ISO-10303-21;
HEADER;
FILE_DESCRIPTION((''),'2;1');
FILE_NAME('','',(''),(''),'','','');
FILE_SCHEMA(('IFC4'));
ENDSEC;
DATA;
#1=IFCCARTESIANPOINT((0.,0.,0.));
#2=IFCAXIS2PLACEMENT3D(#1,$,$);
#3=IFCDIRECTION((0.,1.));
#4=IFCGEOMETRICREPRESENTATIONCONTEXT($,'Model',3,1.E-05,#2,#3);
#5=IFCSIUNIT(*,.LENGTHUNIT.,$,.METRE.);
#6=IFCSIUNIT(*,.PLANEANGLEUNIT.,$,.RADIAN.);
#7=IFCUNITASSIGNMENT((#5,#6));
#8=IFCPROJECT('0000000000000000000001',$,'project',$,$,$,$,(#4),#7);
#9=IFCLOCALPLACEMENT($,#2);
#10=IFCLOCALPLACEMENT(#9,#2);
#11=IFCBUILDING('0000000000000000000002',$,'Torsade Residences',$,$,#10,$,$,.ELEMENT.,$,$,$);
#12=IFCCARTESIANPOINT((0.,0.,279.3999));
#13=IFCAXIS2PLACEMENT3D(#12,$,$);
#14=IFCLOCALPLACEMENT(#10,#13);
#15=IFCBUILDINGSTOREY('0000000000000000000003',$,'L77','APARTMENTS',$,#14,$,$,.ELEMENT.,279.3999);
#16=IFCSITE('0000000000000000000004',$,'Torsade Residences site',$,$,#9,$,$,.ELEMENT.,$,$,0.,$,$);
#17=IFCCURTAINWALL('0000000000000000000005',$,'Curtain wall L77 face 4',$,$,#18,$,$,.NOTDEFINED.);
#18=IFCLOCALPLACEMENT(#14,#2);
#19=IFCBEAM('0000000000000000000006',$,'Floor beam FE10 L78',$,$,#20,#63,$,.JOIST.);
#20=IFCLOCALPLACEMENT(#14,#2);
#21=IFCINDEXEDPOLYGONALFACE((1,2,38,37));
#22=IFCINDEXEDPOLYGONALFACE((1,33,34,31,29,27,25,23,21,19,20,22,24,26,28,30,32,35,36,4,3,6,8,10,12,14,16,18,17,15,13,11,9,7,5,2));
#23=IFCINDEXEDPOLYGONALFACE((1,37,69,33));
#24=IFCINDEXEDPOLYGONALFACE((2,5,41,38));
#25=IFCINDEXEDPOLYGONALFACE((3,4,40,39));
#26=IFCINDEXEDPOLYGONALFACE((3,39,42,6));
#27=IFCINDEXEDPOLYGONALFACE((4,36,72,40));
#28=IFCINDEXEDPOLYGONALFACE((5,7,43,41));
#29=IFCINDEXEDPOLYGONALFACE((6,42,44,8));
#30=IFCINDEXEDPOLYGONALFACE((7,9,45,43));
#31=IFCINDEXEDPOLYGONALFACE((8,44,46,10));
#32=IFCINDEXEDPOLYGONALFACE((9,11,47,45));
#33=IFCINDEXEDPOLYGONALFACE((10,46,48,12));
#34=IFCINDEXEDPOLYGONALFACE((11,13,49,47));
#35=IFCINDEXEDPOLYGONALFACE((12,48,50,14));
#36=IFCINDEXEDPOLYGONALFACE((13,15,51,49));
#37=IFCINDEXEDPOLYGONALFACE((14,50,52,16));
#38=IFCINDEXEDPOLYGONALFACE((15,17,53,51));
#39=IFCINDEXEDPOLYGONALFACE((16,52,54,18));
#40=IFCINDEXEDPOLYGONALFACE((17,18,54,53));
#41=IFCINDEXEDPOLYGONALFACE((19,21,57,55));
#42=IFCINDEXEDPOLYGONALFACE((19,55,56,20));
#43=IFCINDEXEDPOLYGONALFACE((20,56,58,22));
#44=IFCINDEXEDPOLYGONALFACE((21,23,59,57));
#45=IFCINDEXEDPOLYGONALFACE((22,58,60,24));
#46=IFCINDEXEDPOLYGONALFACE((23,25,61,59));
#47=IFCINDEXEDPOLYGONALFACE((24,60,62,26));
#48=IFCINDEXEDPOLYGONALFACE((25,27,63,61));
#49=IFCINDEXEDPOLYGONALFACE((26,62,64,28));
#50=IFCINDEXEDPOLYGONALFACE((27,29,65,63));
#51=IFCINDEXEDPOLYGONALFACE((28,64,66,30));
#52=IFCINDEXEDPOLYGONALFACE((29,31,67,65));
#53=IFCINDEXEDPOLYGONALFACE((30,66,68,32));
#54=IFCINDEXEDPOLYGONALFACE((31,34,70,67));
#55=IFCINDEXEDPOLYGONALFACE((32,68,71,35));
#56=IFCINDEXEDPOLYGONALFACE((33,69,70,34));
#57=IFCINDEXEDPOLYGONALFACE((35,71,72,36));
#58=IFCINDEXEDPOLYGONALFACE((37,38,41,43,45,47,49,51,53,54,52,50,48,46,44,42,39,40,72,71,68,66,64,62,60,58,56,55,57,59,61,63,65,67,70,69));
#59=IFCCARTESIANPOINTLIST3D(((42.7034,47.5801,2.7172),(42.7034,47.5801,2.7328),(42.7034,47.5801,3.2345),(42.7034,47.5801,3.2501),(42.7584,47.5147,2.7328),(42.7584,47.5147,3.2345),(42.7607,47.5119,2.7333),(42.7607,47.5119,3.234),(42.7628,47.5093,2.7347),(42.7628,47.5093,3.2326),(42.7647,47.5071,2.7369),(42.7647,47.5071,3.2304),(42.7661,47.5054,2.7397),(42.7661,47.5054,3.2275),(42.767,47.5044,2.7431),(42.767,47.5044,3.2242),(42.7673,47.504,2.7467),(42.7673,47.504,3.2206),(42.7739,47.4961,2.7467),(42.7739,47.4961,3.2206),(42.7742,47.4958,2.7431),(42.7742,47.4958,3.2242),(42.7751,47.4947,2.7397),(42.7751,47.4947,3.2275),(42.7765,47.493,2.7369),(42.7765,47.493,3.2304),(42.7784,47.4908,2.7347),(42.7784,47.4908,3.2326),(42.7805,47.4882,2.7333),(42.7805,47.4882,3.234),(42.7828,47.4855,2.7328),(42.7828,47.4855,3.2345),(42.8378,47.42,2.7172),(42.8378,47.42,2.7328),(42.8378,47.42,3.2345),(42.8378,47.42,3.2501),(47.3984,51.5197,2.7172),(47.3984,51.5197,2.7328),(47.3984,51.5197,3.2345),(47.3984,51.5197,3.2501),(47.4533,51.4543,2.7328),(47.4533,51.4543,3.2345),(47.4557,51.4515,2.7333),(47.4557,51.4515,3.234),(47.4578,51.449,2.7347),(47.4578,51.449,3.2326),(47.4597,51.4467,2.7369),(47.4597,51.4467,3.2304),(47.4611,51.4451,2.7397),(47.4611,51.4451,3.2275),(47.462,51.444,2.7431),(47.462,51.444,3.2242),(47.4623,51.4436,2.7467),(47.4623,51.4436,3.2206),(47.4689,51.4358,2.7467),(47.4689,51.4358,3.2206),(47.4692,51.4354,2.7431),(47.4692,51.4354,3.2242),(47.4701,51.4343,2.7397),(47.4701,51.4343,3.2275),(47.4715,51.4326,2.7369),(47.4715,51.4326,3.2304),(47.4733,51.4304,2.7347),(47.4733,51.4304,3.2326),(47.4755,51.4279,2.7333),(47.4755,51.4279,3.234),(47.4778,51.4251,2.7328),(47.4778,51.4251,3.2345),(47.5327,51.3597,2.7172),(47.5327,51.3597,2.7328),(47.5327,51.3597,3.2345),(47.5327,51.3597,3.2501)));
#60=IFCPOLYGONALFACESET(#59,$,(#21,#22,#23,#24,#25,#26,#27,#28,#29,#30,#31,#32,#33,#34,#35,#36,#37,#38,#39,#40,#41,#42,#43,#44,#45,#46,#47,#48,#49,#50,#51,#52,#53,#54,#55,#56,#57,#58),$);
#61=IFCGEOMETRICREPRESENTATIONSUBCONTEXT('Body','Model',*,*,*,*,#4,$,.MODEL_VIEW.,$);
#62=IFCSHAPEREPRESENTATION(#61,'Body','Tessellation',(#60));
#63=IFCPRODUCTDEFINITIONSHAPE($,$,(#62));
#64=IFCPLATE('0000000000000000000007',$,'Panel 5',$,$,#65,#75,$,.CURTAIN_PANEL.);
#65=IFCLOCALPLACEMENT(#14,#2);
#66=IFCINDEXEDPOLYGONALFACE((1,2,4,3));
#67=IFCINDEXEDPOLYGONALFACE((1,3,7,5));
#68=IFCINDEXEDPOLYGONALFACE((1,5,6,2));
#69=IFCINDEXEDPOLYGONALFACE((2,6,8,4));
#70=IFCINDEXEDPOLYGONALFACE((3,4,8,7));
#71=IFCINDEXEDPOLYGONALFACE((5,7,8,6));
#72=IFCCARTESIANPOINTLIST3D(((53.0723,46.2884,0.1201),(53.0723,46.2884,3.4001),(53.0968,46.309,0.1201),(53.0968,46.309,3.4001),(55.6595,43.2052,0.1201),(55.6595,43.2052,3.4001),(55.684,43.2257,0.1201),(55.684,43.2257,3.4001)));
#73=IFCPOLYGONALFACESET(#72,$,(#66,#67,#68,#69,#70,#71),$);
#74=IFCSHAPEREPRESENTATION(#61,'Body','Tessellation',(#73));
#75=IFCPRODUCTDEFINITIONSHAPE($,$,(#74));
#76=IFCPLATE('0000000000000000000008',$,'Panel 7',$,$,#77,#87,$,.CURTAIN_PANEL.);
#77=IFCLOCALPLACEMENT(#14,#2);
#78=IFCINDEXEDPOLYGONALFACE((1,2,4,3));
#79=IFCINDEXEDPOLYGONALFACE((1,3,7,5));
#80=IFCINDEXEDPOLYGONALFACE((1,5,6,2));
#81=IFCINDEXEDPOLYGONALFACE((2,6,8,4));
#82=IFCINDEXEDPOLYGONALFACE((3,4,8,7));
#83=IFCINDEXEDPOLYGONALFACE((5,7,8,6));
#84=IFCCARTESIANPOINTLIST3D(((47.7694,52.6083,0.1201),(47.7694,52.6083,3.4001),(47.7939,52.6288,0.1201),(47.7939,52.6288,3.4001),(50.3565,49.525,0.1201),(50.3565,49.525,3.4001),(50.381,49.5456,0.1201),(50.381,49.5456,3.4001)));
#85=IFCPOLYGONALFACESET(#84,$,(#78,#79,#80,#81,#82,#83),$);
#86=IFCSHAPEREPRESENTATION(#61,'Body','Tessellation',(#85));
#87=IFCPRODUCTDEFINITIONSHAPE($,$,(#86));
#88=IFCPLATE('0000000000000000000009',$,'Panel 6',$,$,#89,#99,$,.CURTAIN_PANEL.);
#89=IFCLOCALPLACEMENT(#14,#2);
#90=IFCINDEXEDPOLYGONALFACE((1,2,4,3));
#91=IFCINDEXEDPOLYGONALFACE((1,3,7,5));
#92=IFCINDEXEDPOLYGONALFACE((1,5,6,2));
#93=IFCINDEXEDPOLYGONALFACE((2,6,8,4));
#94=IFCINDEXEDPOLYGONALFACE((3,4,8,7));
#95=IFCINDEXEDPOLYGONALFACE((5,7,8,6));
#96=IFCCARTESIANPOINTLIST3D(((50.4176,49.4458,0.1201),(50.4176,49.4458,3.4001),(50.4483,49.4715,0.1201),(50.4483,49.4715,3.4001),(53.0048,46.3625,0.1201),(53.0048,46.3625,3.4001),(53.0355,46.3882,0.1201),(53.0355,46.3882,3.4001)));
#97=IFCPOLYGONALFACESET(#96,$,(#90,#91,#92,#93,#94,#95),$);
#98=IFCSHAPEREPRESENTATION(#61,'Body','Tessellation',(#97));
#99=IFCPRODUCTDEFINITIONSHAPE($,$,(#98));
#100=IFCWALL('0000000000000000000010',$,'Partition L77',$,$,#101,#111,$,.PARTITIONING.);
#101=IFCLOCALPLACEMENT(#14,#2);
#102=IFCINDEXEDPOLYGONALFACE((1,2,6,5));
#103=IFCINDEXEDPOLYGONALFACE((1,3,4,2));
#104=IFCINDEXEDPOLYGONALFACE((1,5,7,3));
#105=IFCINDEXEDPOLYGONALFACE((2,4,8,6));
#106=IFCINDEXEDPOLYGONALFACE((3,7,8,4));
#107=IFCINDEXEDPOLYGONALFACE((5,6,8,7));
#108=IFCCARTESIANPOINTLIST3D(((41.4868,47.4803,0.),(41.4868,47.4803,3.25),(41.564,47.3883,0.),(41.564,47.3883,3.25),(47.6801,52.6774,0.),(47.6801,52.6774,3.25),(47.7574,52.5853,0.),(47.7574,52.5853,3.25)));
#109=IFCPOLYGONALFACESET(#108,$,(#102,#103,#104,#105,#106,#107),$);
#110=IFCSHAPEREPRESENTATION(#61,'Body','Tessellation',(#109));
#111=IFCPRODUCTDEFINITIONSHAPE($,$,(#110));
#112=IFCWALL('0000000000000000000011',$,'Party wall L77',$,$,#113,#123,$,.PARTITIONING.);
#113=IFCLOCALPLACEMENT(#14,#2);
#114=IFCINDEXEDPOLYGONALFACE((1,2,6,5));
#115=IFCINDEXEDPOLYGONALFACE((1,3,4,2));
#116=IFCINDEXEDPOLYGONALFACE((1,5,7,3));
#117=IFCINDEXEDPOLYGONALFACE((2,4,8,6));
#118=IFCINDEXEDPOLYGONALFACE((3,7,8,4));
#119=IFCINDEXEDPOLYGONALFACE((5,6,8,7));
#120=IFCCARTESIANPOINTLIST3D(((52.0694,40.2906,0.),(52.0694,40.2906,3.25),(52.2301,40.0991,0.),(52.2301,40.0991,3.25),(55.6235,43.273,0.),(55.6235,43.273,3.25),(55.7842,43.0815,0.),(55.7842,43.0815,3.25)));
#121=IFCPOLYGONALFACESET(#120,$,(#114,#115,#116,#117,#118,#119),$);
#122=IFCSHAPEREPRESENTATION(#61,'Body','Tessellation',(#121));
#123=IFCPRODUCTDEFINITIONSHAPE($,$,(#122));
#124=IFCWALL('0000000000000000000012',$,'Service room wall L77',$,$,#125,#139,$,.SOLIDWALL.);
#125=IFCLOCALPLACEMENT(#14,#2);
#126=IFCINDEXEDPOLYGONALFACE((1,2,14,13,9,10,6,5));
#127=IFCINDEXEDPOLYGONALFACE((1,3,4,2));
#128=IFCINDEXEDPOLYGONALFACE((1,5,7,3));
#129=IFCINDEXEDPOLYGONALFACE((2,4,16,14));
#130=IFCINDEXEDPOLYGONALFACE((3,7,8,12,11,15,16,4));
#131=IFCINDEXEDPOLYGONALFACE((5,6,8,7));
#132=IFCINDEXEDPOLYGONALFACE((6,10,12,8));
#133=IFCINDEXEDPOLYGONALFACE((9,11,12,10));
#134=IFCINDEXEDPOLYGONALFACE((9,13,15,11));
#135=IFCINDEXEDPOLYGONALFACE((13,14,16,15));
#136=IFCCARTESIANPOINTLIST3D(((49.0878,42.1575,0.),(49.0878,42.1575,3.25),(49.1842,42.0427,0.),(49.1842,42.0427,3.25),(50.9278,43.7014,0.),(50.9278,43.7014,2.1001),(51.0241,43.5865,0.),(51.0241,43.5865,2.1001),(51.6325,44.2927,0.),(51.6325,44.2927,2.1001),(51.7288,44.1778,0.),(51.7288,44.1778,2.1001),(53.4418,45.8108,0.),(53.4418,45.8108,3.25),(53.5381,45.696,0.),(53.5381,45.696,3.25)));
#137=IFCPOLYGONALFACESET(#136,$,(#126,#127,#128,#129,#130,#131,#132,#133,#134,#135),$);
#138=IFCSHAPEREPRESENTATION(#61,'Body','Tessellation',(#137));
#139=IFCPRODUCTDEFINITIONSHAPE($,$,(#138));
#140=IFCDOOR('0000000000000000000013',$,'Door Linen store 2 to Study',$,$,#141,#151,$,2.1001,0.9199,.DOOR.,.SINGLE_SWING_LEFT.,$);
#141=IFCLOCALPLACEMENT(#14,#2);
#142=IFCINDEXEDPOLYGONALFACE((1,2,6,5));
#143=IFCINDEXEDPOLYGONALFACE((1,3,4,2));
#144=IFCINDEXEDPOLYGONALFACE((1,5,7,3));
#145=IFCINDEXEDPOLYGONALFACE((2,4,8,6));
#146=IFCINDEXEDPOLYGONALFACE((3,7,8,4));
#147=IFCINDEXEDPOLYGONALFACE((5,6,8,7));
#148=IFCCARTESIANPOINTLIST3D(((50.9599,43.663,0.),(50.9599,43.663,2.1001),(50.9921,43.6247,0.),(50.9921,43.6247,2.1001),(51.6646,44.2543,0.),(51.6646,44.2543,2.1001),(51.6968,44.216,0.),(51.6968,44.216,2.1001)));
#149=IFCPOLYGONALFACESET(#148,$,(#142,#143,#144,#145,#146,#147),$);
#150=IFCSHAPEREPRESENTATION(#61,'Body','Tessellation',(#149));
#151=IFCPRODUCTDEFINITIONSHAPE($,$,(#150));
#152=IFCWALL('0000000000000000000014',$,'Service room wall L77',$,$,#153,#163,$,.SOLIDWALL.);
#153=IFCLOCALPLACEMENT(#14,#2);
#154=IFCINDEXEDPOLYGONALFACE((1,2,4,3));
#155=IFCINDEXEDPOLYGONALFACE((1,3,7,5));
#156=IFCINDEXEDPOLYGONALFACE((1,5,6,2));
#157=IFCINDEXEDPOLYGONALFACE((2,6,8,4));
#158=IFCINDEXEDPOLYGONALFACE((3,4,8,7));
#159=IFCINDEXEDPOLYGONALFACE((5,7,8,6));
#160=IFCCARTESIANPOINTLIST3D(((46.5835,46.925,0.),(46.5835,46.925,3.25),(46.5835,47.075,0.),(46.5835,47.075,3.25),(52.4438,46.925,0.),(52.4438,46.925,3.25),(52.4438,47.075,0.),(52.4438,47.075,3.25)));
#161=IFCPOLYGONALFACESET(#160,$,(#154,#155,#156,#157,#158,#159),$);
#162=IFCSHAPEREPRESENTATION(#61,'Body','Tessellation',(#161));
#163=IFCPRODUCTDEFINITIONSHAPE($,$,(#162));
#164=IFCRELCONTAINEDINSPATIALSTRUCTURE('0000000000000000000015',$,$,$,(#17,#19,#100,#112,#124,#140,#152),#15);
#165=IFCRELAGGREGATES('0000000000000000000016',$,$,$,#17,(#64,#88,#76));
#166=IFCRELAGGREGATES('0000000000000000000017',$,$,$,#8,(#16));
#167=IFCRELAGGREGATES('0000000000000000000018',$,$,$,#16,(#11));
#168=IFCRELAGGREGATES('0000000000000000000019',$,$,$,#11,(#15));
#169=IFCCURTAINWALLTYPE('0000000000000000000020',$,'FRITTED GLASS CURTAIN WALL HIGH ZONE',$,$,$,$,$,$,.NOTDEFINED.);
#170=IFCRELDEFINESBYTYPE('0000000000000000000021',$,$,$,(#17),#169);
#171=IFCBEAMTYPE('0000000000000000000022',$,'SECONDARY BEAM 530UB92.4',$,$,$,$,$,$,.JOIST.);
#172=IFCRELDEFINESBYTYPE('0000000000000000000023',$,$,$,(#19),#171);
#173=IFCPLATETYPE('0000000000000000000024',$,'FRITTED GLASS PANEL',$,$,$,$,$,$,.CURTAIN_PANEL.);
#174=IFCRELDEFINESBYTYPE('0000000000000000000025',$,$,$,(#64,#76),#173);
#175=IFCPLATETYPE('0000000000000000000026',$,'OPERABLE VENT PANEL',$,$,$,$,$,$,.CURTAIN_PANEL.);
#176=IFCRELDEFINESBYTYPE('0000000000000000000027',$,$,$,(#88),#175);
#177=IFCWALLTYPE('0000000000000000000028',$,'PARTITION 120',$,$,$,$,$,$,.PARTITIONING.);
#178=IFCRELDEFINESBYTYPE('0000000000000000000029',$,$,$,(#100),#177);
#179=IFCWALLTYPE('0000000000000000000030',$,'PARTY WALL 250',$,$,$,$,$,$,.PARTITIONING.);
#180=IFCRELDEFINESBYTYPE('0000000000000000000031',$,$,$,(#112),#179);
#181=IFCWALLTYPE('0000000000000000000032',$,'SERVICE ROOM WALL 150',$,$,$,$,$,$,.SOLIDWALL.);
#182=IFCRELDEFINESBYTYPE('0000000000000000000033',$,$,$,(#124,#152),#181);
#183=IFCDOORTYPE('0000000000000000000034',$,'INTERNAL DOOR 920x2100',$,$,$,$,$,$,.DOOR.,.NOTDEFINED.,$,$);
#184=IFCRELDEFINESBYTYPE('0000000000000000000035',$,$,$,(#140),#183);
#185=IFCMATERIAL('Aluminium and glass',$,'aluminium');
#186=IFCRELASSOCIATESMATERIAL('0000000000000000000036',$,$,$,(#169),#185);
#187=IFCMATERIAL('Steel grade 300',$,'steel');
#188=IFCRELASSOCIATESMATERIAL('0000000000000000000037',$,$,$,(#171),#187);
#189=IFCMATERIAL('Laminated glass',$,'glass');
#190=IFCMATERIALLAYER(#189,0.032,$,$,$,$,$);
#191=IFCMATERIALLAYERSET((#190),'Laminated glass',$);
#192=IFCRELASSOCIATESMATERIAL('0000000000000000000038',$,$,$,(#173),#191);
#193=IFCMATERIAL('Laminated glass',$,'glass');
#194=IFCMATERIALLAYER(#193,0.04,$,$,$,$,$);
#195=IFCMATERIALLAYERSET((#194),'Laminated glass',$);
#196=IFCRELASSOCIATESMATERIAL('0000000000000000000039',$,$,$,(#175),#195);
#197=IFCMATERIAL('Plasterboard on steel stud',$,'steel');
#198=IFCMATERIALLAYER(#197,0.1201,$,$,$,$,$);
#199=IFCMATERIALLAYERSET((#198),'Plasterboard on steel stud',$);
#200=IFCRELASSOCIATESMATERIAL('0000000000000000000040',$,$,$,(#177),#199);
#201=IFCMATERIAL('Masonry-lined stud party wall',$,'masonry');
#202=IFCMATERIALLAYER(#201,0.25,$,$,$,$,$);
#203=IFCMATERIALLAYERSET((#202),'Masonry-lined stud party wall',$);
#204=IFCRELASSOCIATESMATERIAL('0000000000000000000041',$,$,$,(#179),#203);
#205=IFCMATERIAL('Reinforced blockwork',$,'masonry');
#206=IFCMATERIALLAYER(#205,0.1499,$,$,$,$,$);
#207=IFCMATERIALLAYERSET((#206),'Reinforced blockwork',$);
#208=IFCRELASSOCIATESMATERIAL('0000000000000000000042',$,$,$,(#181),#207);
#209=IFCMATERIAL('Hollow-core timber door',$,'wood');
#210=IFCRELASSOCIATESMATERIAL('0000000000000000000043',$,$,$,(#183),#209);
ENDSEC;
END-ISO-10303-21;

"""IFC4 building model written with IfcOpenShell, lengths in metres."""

from ifc_helpers import new_model, si_unit, direction, frame, frame_2d, origin, origin_2d, place, context, subcontext, project, spatial, rectangle, i_section, extrude, material, layer, layer_set, material_profile, profile_set, type_object, element, fill, aggregate, save


model = new_model("IFC4")

# Units and contexts
model_context = context("Model", 3, precision=1e-05, world=origin(), true_north=direction((0.0, 1.0)))
body_context = subcontext(model_context, "Body", "Model", "MODEL_VIEW")
ifc_project = project(units=[si_unit("LENGTHUNIT", "METRE"), si_unit("PLANEANGLEUNIT", "RADIAN")], contexts=[model_context])

# Site, building, storey
site_placement = place(None, origin())
site = spatial("IfcSite", under=ifc_project, at=site_placement, Name="Torsade Residences site", CompositionType="ELEMENT", RefElevation=0.0)
building_placement = place(site_placement, origin())
building = spatial("IfcBuilding", under=site, at=building_placement, Name="Torsade Residences", CompositionType="ELEMENT")
storey_placement = place(building_placement, frame((0.0, 0.0, 279.3999)))
storey = spatial("IfcBuildingStorey", under=building, at=storey_placement, Name="L77", Description="APARTMENTS", CompositionType="ELEMENT", Elevation=279.3999)

# Curtain wall
ifc_material_1 = material(Name="Aluminium and glass", Category="aluminium")
curtain_wall_type = type_object("IfcCurtainWallType", Name="FRITTED GLASS CURTAIN WALL HIGH ZONE", PredefinedType="NOTDEFINED", material=ifc_material_1)
curtain_wall_placement = place(storey_placement, origin())
curtain_wall = element("IfcCurtainWall", 1, at=curtain_wall_placement, inside=storey, type_object=curtain_wall_type, Name="Curtain wall L77 face 4", PredefinedType="NOTDEFINED")

# Beam
ifc_material_2 = material(Name="Steel grade 300", Category="steel")
ifc_material_profile_1 = material_profile(ifc_material_2, i_section(OverallWidth=0.209, OverallDepth=0.533, WebThickness=0.0103, FlangeThickness=0.0156, FilletRadius=0.0139, at=origin_2d()), Name="530UB92.4")
ifc_profile_set_1 = profile_set([ifc_material_profile_1], Name="Steel grade 300")
beam_type_1 = type_object("IfcBeamType", Name="SECONDARY BEAM 530UB92.4", PredefinedType="JOIST", material=ifc_profile_set_1)
beam_1_placement = place(storey_placement, frame((47.4656, 51.4397, 2.9836), z_axis=(-0.766039, -0.642794, 0.0), x_axis=(0.642794, -0.766039, 0.0)))
element("IfcBeam", 2, at=beam_1_placement, inside=storey, type_object=beam_type_1, Name="Floor beam FE10 L78", PredefinedType="JOIST", context=body_context, shape_type="SweptSolid", body=[
    extrude(i_section(OverallWidth=0.209, OverallDepth=0.533, WebThickness=0.0103, FlangeThickness=0.0156, FilletRadius=0.0139, at=origin_2d()), origin(), (0.0, 0.0, 1.0), 6.1289),
])

# Plates
ifc_material_3 = material(Name="Laminated glass", Category="glass")
ifc_layer_1 = layer(ifc_material_3, 0.032)
ifc_layer_set_1 = layer_set([ifc_layer_1], Name="Laminated glass")
plate_type_1 = type_object("IfcPlateType", Name="FRITTED GLASS PANEL", PredefinedType="CURTAIN_PANEL", material=ifc_layer_set_1)
plate_1_placement = place(storey_placement, frame((54.3782, 44.7571, 0.1201), z_axis=(0.0, 0.0, 1.0), x_axis=(-0.642788, 0.766044, 0.0)))
plate_1 = element("IfcPlate", 3, at=plate_1_placement, type_object=plate_type_1, Name="Panel 5", PredefinedType="CURTAIN_PANEL", context=body_context, shape_type="SweptSolid", body=[
    extrude(rectangle(XDim=4.0249, YDim=0.032, at=origin_2d()), origin(), (0.0, 0.0, 1.0), 3.28),
])
plate_2_placement = place(storey_placement, frame((49.0752, 51.0769, 0.1201), z_axis=(0.0, 0.0, 1.0), x_axis=(-0.642788, 0.766044, 0.0)))
plate_2 = element("IfcPlate", 4, at=plate_2_placement, type_object=plate_type_1, Name="Panel 7", PredefinedType="CURTAIN_PANEL", context=body_context, shape_type="SweptSolid", body=[
    extrude(rectangle(XDim=4.0249, YDim=0.032, at=origin_2d()), origin(), (0.0, 0.0, 1.0), 3.28),
])
ifc_material_4 = material(Name="Laminated glass", Category="glass")
ifc_layer_2 = layer(ifc_material_4, 0.04)
ifc_layer_set_2 = layer_set([ifc_layer_2], Name="Laminated glass")
plate_type_2 = type_object("IfcPlateType", Name="OPERABLE VENT PANEL", PredefinedType="CURTAIN_PANEL", material=ifc_layer_set_2)
plate_3_placement = place(storey_placement, frame((51.7266, 47.917, 0.1201), z_axis=(0.0, 0.0, 1.0), x_axis=(-0.642788, 0.766044, 0.0)))
plate_3 = element("IfcPlate", 5, at=plate_3_placement, type_object=plate_type_2, Name="Panel 6", PredefinedType="CURTAIN_PANEL", context=body_context, shape_type="SweptSolid", body=[
    extrude(rectangle(XDim=4.0249, YDim=0.04, at=origin_2d()), origin(), (0.0, 0.0, 1.0), 3.28),
])
aggregate(curtain_wall, [plate_1, plate_3, plate_2])

# Walls
ifc_material_5 = material(Name="Plasterboard on steel stud", Category="steel")
ifc_layer_3 = layer(ifc_material_5, 0.1201)
ifc_layer_set_3 = layer_set([ifc_layer_3], Name="Plasterboard on steel stud")
wall_type_1 = type_object("IfcWallType", Name="PARTITION 120", PredefinedType="PARTITIONING", material=ifc_layer_set_3)
wall_1_placement = place(storey_placement, frame((47.7188, 52.6313, 0.0), z_axis=(0.0, 0.0, 1.0), x_axis=(-0.766034, -0.6428, 0.0)))
element("IfcWall", 6, at=wall_1_placement, inside=storey, type_object=wall_type_1, Name="Partition L77", PredefinedType="PARTITIONING", context=body_context, shape_type="SweptSolid", body=[
    extrude(rectangle(XDim=8.085, YDim=0.1201, at=frame_2d((4.0425, 0.0))), origin(), (0.0, 0.0, 1.0), 3.25),
])
ifc_material_6 = material(Name="Masonry-lined stud party wall", Category="masonry")
ifc_layer_4 = layer(ifc_material_6, 0.25)
ifc_layer_set_4 = layer_set([ifc_layer_4], Name="Masonry-lined stud party wall")
wall_type_2 = type_object("IfcWallType", Name="PARTY WALL 250", PredefinedType="PARTITIONING", material=ifc_layer_set_4)
wall_2_placement = place(storey_placement, frame((55.7039, 43.1772, 0.0), z_axis=(0.0, 0.0, 1.0), x_axis=(-0.766034, -0.6428, 0.0)))
element("IfcWall", 7, at=wall_2_placement, inside=storey, type_object=wall_type_2, Name="Party wall L77", PredefinedType="PARTITIONING", context=body_context, shape_type="SweptSolid", body=[
    extrude(rectangle(XDim=4.6396, YDim=0.25, at=frame_2d((2.3198, 0.0))), origin(), (0.0, 0.0, 1.0), 3.25),
])

# Wall, opening, door
ifc_material_7 = material(Name="Reinforced blockwork", Category="masonry")
ifc_layer_5 = layer(ifc_material_7, 0.1499)
ifc_layer_set_5 = layer_set([ifc_layer_5], Name="Reinforced blockwork")
wall_type_3 = type_object("IfcWallType", Name="SERVICE ROOM WALL 150", PredefinedType="SOLIDWALL", material=ifc_layer_set_5)
wall_3_placement = place(storey_placement, frame((49.136, 42.1001, 0.0), z_axis=(0.0, 0.0, 1.0), x_axis=(0.766055, 0.642775, 0.0)))
wall_3 = element("IfcWall", 8, at=wall_3_placement, inside=storey, type_object=wall_type_3, Name="Service room wall L77", PredefinedType="SOLIDWALL", context=body_context, shape_type="SweptSolid", body=[
    extrude(rectangle(XDim=5.6836, YDim=0.1499, at=frame_2d((2.8418, 0.0))), origin(), (0.0, 0.0, 1.0), 3.25),
])
opening_placement = place(wall_3_placement, frame((2.4019, 0.0, 0.0)))
opening = element("IfcOpeningElement", 9, at=opening_placement, cuts=wall_3, PredefinedType="OPENING", context=body_context, shape_type="SweptSolid", body=[
    extrude(rectangle(XDim=0.9199, YDim=2.1001, at=frame_2d((0.46, 1.05))), frame((0.0, 0.085, 0.0), z_axis=(0.0, -1.0, 0.0), x_axis=(1.0, 0.0, 0.0)), (0.0, 0.0, 1.0), 0.1699),
])
ifc_material_8 = material(Name="Hollow-core timber door", Category="wood")
door_type = type_object("IfcDoorType", Name="INTERNAL DOOR 920x2100", OperationType="NOTDEFINED", PredefinedType="DOOR", material=ifc_material_8)
door_placement = place(opening_placement, origin())
door = element("IfcDoor", 10, at=door_placement, inside=storey, type_object=door_type, Name="Door Linen store 2 to Study", OperationType="SINGLE_SWING_LEFT", OverallHeight=2.1001, OverallWidth=0.9199, PredefinedType="DOOR", context=body_context, shape_type="SweptSolid", body=[
    extrude(rectangle(XDim=0.9199, YDim=2.1001, at=frame_2d((0.46, 1.05))), frame((0.0, 0.0249, 0.0), z_axis=(0.0, -1.0, 0.0), x_axis=(1.0, 0.0, 0.0)), (0.0, 0.0, 1.0), 0.05),
])
fill(opening, door)

# Wall
wall_4_placement = place(storey_placement, frame((46.5835, 47.0, 0.0), z_axis=(0.0, 0.0, 1.0), x_axis=(1.0, 0.0, 0.0)))
element("IfcWall", 11, at=wall_4_placement, inside=storey, type_object=wall_type_3, Name="Service room wall L77", PredefinedType="SOLIDWALL", context=body_context, shape_type="SweptSolid", body=[
    extrude(rectangle(XDim=5.8604, YDim=0.1499, at=frame_2d((2.9302, 0.0))), origin(), (0.0, 0.0, 1.0), 3.25),
])

save(model, "model.ifc")
